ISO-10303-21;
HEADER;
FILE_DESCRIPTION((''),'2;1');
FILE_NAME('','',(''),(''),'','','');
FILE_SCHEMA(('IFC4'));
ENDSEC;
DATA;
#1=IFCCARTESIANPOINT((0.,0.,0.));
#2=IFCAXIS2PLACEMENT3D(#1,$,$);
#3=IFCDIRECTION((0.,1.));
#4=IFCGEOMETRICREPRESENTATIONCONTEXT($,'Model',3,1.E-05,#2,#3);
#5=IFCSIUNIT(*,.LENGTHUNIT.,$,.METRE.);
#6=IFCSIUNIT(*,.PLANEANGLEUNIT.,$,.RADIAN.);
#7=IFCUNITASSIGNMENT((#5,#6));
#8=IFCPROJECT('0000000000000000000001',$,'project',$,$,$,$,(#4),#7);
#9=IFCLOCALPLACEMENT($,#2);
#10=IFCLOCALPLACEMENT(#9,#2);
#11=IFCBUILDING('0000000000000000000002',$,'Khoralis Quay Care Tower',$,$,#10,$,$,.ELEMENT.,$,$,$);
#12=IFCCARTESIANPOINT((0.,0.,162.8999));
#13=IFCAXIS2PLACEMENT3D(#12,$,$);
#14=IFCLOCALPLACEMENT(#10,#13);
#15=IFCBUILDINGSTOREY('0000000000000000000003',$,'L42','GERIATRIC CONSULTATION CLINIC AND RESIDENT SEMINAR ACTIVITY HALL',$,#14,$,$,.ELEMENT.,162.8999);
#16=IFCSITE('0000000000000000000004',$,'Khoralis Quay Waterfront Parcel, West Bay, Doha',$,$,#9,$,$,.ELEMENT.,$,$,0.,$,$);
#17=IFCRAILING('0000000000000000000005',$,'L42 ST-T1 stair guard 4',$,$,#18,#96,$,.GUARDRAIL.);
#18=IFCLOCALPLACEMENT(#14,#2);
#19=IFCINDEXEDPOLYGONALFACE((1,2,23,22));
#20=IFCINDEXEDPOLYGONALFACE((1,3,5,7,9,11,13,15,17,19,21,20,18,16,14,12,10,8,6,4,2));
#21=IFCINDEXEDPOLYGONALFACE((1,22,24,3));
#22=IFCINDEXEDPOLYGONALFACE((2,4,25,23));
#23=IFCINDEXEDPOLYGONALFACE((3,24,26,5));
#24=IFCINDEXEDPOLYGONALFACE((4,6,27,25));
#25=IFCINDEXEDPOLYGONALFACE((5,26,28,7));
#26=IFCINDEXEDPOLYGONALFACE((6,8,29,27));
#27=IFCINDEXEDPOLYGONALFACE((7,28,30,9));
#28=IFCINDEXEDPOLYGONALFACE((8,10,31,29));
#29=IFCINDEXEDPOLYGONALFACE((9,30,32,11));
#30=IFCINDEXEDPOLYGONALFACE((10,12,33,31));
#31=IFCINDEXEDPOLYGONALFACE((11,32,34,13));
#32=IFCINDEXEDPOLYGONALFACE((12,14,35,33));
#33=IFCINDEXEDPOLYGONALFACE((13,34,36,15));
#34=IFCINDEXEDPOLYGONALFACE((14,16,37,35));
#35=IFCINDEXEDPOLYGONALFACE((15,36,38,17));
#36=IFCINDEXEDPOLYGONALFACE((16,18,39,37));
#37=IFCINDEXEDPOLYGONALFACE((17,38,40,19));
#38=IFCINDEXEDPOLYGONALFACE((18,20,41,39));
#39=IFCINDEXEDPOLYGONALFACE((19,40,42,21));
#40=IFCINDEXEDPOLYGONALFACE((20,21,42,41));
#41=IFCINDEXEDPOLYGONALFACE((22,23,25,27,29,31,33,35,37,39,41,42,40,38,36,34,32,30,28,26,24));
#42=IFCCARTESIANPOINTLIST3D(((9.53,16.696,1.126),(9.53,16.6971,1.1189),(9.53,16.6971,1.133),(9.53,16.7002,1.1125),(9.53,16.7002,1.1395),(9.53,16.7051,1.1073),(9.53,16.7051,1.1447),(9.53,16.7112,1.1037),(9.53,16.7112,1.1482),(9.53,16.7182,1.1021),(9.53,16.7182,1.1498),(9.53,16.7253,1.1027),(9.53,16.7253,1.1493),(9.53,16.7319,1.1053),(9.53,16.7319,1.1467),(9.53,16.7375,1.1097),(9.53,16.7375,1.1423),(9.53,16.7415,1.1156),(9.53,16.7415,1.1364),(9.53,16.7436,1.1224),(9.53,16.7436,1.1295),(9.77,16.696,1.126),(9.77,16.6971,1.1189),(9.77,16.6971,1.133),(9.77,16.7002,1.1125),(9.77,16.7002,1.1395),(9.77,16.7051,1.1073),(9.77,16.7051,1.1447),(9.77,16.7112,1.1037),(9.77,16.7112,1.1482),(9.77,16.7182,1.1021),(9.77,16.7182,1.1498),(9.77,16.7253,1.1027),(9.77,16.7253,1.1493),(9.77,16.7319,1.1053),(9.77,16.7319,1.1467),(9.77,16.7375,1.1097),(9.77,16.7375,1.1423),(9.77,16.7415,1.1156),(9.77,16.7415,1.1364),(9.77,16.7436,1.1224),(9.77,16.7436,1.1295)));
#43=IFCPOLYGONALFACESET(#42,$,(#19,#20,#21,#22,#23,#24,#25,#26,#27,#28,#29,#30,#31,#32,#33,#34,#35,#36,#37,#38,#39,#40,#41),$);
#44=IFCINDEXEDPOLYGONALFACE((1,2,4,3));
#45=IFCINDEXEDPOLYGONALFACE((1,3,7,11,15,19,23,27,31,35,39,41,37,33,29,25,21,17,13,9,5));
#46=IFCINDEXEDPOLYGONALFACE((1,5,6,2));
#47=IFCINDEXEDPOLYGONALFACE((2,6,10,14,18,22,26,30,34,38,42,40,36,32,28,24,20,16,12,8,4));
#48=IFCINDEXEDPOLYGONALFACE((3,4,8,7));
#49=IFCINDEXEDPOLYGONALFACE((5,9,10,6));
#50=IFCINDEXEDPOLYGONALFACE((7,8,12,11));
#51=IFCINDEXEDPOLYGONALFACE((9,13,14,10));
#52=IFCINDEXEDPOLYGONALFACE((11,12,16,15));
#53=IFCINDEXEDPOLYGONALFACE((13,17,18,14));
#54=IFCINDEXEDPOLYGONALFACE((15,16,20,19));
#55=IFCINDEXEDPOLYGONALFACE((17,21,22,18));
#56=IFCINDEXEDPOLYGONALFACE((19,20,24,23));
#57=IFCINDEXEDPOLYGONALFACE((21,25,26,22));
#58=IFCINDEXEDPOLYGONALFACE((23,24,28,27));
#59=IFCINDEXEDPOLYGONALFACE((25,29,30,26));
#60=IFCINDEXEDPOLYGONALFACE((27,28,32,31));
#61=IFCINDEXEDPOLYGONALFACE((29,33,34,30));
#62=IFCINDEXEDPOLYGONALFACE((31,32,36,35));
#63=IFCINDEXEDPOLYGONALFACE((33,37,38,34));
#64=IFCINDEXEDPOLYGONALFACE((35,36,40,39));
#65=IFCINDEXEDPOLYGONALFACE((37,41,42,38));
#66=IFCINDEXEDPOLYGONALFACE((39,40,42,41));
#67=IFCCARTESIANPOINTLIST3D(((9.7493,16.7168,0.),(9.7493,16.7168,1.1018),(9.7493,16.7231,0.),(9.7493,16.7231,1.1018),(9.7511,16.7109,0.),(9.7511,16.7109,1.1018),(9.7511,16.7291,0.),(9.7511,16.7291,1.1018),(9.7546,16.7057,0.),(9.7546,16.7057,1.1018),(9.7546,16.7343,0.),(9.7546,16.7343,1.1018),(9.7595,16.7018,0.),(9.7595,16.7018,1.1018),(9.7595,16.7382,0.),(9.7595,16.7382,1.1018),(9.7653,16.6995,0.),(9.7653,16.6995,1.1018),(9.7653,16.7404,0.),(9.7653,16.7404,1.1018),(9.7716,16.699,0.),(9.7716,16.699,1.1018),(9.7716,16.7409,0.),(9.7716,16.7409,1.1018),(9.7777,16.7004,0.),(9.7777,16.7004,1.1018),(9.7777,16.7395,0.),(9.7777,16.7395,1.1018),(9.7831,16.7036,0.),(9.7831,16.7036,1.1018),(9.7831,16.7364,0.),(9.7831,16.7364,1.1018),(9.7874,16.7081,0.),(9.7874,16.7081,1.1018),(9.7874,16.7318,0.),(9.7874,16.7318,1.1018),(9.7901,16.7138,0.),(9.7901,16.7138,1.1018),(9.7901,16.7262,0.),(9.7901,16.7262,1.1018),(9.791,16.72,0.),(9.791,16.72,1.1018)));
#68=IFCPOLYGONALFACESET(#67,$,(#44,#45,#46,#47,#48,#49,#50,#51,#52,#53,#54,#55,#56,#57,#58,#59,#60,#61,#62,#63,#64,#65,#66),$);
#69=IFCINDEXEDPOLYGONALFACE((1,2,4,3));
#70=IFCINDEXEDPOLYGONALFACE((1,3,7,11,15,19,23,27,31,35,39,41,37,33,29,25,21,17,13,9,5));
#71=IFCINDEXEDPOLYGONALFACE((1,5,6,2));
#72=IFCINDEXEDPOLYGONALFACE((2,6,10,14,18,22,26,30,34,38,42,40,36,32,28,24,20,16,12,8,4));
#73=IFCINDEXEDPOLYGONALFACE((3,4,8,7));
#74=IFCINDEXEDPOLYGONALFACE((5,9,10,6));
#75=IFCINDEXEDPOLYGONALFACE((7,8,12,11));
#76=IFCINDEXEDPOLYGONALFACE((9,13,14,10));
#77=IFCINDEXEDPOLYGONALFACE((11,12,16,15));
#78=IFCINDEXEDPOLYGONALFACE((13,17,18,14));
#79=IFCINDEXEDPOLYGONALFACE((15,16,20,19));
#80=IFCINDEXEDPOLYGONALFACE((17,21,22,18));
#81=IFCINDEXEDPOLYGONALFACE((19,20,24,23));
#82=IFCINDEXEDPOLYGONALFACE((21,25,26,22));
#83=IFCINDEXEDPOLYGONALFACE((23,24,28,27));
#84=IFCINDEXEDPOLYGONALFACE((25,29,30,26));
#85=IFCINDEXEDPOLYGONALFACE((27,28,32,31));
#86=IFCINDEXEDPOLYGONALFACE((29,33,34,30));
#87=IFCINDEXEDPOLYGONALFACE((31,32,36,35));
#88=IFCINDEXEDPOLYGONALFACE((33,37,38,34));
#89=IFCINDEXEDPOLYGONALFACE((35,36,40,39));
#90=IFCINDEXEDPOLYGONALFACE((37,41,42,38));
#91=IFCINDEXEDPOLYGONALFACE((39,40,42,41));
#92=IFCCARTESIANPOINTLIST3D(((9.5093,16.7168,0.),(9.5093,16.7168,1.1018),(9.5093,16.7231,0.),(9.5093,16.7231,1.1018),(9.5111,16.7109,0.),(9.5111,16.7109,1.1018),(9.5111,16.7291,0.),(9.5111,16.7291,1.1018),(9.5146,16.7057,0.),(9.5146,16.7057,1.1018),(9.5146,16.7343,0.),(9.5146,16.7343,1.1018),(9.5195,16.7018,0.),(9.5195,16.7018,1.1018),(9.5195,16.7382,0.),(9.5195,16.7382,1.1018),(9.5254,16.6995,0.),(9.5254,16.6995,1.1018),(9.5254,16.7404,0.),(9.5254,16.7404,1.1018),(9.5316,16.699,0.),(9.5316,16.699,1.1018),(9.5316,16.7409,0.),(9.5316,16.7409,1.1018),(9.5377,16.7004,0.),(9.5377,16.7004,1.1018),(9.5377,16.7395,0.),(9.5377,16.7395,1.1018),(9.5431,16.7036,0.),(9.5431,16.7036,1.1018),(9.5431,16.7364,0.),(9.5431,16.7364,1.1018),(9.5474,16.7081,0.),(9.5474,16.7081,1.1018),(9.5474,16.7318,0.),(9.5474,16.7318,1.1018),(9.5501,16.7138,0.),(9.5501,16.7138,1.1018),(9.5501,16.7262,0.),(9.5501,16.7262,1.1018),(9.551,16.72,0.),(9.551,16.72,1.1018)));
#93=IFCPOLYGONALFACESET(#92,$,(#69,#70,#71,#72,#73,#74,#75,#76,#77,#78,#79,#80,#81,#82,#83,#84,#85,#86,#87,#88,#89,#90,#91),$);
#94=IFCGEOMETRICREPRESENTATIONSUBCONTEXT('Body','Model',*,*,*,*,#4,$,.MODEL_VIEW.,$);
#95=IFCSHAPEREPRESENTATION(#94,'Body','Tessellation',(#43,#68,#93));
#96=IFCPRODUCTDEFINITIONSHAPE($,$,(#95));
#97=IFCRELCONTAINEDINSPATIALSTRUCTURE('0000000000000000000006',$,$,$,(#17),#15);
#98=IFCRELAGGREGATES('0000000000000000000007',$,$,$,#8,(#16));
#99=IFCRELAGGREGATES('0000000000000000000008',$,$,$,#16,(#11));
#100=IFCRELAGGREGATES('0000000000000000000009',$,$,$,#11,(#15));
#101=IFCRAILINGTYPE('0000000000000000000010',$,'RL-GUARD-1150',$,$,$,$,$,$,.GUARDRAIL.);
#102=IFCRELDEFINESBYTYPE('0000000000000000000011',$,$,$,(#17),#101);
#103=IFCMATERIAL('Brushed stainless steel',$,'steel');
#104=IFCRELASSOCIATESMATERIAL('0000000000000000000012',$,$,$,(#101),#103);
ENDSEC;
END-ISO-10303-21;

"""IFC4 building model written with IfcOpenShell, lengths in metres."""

from ifc_helpers import new_model, si_unit, direction, frame, origin, origin_2d, place, context, subcontext, project, spatial, circle, extrude, material, type_object, element, save


model = new_model("IFC4")

# Units and contexts
model_context = context("Model", 3, precision=1e-05, world=origin(), true_north=direction((0.0, 1.0)))
body_context = subcontext(model_context, "Body", "Model", "MODEL_VIEW")
ifc_project = project(units=[si_unit("LENGTHUNIT", "METRE"), si_unit("PLANEANGLEUNIT", "RADIAN")], contexts=[model_context])

# Site, building, storey
site_placement = place(None, origin())
site = spatial("IfcSite", under=ifc_project, at=site_placement, Name="Khoralis Quay Waterfront Parcel, West Bay, Doha", CompositionType="ELEMENT", RefElevation=0.0)
building_placement = place(site_placement, origin())
building = spatial("IfcBuilding", under=site, at=building_placement, Name="Khoralis Quay Care Tower", CompositionType="ELEMENT")
storey_placement = place(building_placement, frame((0.0, 0.0, 162.8999)))
storey = spatial("IfcBuildingStorey", under=building, at=storey_placement, Name="L42", Description="GERIATRIC CONSULTATION CLINIC AND RESIDENT SEMINAR ACTIVITY HALL", CompositionType="ELEMENT", Elevation=162.8999)

# Shared definitions
ifc_material_1 = material(Name="Brushed stainless steel", Category="steel")

# Railing
railing_type = type_object("IfcRailingType", Name="RL-GUARD-1150", PredefinedType="GUARDRAIL", material=ifc_material_1)
railing_placement = place(storey_placement, frame((9.77, 16.72, 0.0)))
element("IfcRailing", 1, at=railing_placement, inside=storey, type_object=railing_type, Name="L42 ST-T1 stair guard 4", PredefinedType="GUARDRAIL", context=body_context, shape_type="SweptSolid", body=[
    extrude(circle(Radius=0.0239, at=origin_2d()), frame((0.0, 0.0, 1.126), z_axis=(-1.0, 0.0, 0.0), x_axis=(0.0, -1.0, 0.0)), (0.0, 0.0, 1.0), 0.24),
    extrude(circle(Radius=0.021, at=origin_2d()), origin(), (0.0, 0.0, 1.0), 1.1018),
    extrude(circle(Radius=0.021, at=origin_2d()), frame((-0.24, 0.0, 0.0)), (0.0, 0.0, 1.0), 1.1018),
])

save(model, "model.ifc")
